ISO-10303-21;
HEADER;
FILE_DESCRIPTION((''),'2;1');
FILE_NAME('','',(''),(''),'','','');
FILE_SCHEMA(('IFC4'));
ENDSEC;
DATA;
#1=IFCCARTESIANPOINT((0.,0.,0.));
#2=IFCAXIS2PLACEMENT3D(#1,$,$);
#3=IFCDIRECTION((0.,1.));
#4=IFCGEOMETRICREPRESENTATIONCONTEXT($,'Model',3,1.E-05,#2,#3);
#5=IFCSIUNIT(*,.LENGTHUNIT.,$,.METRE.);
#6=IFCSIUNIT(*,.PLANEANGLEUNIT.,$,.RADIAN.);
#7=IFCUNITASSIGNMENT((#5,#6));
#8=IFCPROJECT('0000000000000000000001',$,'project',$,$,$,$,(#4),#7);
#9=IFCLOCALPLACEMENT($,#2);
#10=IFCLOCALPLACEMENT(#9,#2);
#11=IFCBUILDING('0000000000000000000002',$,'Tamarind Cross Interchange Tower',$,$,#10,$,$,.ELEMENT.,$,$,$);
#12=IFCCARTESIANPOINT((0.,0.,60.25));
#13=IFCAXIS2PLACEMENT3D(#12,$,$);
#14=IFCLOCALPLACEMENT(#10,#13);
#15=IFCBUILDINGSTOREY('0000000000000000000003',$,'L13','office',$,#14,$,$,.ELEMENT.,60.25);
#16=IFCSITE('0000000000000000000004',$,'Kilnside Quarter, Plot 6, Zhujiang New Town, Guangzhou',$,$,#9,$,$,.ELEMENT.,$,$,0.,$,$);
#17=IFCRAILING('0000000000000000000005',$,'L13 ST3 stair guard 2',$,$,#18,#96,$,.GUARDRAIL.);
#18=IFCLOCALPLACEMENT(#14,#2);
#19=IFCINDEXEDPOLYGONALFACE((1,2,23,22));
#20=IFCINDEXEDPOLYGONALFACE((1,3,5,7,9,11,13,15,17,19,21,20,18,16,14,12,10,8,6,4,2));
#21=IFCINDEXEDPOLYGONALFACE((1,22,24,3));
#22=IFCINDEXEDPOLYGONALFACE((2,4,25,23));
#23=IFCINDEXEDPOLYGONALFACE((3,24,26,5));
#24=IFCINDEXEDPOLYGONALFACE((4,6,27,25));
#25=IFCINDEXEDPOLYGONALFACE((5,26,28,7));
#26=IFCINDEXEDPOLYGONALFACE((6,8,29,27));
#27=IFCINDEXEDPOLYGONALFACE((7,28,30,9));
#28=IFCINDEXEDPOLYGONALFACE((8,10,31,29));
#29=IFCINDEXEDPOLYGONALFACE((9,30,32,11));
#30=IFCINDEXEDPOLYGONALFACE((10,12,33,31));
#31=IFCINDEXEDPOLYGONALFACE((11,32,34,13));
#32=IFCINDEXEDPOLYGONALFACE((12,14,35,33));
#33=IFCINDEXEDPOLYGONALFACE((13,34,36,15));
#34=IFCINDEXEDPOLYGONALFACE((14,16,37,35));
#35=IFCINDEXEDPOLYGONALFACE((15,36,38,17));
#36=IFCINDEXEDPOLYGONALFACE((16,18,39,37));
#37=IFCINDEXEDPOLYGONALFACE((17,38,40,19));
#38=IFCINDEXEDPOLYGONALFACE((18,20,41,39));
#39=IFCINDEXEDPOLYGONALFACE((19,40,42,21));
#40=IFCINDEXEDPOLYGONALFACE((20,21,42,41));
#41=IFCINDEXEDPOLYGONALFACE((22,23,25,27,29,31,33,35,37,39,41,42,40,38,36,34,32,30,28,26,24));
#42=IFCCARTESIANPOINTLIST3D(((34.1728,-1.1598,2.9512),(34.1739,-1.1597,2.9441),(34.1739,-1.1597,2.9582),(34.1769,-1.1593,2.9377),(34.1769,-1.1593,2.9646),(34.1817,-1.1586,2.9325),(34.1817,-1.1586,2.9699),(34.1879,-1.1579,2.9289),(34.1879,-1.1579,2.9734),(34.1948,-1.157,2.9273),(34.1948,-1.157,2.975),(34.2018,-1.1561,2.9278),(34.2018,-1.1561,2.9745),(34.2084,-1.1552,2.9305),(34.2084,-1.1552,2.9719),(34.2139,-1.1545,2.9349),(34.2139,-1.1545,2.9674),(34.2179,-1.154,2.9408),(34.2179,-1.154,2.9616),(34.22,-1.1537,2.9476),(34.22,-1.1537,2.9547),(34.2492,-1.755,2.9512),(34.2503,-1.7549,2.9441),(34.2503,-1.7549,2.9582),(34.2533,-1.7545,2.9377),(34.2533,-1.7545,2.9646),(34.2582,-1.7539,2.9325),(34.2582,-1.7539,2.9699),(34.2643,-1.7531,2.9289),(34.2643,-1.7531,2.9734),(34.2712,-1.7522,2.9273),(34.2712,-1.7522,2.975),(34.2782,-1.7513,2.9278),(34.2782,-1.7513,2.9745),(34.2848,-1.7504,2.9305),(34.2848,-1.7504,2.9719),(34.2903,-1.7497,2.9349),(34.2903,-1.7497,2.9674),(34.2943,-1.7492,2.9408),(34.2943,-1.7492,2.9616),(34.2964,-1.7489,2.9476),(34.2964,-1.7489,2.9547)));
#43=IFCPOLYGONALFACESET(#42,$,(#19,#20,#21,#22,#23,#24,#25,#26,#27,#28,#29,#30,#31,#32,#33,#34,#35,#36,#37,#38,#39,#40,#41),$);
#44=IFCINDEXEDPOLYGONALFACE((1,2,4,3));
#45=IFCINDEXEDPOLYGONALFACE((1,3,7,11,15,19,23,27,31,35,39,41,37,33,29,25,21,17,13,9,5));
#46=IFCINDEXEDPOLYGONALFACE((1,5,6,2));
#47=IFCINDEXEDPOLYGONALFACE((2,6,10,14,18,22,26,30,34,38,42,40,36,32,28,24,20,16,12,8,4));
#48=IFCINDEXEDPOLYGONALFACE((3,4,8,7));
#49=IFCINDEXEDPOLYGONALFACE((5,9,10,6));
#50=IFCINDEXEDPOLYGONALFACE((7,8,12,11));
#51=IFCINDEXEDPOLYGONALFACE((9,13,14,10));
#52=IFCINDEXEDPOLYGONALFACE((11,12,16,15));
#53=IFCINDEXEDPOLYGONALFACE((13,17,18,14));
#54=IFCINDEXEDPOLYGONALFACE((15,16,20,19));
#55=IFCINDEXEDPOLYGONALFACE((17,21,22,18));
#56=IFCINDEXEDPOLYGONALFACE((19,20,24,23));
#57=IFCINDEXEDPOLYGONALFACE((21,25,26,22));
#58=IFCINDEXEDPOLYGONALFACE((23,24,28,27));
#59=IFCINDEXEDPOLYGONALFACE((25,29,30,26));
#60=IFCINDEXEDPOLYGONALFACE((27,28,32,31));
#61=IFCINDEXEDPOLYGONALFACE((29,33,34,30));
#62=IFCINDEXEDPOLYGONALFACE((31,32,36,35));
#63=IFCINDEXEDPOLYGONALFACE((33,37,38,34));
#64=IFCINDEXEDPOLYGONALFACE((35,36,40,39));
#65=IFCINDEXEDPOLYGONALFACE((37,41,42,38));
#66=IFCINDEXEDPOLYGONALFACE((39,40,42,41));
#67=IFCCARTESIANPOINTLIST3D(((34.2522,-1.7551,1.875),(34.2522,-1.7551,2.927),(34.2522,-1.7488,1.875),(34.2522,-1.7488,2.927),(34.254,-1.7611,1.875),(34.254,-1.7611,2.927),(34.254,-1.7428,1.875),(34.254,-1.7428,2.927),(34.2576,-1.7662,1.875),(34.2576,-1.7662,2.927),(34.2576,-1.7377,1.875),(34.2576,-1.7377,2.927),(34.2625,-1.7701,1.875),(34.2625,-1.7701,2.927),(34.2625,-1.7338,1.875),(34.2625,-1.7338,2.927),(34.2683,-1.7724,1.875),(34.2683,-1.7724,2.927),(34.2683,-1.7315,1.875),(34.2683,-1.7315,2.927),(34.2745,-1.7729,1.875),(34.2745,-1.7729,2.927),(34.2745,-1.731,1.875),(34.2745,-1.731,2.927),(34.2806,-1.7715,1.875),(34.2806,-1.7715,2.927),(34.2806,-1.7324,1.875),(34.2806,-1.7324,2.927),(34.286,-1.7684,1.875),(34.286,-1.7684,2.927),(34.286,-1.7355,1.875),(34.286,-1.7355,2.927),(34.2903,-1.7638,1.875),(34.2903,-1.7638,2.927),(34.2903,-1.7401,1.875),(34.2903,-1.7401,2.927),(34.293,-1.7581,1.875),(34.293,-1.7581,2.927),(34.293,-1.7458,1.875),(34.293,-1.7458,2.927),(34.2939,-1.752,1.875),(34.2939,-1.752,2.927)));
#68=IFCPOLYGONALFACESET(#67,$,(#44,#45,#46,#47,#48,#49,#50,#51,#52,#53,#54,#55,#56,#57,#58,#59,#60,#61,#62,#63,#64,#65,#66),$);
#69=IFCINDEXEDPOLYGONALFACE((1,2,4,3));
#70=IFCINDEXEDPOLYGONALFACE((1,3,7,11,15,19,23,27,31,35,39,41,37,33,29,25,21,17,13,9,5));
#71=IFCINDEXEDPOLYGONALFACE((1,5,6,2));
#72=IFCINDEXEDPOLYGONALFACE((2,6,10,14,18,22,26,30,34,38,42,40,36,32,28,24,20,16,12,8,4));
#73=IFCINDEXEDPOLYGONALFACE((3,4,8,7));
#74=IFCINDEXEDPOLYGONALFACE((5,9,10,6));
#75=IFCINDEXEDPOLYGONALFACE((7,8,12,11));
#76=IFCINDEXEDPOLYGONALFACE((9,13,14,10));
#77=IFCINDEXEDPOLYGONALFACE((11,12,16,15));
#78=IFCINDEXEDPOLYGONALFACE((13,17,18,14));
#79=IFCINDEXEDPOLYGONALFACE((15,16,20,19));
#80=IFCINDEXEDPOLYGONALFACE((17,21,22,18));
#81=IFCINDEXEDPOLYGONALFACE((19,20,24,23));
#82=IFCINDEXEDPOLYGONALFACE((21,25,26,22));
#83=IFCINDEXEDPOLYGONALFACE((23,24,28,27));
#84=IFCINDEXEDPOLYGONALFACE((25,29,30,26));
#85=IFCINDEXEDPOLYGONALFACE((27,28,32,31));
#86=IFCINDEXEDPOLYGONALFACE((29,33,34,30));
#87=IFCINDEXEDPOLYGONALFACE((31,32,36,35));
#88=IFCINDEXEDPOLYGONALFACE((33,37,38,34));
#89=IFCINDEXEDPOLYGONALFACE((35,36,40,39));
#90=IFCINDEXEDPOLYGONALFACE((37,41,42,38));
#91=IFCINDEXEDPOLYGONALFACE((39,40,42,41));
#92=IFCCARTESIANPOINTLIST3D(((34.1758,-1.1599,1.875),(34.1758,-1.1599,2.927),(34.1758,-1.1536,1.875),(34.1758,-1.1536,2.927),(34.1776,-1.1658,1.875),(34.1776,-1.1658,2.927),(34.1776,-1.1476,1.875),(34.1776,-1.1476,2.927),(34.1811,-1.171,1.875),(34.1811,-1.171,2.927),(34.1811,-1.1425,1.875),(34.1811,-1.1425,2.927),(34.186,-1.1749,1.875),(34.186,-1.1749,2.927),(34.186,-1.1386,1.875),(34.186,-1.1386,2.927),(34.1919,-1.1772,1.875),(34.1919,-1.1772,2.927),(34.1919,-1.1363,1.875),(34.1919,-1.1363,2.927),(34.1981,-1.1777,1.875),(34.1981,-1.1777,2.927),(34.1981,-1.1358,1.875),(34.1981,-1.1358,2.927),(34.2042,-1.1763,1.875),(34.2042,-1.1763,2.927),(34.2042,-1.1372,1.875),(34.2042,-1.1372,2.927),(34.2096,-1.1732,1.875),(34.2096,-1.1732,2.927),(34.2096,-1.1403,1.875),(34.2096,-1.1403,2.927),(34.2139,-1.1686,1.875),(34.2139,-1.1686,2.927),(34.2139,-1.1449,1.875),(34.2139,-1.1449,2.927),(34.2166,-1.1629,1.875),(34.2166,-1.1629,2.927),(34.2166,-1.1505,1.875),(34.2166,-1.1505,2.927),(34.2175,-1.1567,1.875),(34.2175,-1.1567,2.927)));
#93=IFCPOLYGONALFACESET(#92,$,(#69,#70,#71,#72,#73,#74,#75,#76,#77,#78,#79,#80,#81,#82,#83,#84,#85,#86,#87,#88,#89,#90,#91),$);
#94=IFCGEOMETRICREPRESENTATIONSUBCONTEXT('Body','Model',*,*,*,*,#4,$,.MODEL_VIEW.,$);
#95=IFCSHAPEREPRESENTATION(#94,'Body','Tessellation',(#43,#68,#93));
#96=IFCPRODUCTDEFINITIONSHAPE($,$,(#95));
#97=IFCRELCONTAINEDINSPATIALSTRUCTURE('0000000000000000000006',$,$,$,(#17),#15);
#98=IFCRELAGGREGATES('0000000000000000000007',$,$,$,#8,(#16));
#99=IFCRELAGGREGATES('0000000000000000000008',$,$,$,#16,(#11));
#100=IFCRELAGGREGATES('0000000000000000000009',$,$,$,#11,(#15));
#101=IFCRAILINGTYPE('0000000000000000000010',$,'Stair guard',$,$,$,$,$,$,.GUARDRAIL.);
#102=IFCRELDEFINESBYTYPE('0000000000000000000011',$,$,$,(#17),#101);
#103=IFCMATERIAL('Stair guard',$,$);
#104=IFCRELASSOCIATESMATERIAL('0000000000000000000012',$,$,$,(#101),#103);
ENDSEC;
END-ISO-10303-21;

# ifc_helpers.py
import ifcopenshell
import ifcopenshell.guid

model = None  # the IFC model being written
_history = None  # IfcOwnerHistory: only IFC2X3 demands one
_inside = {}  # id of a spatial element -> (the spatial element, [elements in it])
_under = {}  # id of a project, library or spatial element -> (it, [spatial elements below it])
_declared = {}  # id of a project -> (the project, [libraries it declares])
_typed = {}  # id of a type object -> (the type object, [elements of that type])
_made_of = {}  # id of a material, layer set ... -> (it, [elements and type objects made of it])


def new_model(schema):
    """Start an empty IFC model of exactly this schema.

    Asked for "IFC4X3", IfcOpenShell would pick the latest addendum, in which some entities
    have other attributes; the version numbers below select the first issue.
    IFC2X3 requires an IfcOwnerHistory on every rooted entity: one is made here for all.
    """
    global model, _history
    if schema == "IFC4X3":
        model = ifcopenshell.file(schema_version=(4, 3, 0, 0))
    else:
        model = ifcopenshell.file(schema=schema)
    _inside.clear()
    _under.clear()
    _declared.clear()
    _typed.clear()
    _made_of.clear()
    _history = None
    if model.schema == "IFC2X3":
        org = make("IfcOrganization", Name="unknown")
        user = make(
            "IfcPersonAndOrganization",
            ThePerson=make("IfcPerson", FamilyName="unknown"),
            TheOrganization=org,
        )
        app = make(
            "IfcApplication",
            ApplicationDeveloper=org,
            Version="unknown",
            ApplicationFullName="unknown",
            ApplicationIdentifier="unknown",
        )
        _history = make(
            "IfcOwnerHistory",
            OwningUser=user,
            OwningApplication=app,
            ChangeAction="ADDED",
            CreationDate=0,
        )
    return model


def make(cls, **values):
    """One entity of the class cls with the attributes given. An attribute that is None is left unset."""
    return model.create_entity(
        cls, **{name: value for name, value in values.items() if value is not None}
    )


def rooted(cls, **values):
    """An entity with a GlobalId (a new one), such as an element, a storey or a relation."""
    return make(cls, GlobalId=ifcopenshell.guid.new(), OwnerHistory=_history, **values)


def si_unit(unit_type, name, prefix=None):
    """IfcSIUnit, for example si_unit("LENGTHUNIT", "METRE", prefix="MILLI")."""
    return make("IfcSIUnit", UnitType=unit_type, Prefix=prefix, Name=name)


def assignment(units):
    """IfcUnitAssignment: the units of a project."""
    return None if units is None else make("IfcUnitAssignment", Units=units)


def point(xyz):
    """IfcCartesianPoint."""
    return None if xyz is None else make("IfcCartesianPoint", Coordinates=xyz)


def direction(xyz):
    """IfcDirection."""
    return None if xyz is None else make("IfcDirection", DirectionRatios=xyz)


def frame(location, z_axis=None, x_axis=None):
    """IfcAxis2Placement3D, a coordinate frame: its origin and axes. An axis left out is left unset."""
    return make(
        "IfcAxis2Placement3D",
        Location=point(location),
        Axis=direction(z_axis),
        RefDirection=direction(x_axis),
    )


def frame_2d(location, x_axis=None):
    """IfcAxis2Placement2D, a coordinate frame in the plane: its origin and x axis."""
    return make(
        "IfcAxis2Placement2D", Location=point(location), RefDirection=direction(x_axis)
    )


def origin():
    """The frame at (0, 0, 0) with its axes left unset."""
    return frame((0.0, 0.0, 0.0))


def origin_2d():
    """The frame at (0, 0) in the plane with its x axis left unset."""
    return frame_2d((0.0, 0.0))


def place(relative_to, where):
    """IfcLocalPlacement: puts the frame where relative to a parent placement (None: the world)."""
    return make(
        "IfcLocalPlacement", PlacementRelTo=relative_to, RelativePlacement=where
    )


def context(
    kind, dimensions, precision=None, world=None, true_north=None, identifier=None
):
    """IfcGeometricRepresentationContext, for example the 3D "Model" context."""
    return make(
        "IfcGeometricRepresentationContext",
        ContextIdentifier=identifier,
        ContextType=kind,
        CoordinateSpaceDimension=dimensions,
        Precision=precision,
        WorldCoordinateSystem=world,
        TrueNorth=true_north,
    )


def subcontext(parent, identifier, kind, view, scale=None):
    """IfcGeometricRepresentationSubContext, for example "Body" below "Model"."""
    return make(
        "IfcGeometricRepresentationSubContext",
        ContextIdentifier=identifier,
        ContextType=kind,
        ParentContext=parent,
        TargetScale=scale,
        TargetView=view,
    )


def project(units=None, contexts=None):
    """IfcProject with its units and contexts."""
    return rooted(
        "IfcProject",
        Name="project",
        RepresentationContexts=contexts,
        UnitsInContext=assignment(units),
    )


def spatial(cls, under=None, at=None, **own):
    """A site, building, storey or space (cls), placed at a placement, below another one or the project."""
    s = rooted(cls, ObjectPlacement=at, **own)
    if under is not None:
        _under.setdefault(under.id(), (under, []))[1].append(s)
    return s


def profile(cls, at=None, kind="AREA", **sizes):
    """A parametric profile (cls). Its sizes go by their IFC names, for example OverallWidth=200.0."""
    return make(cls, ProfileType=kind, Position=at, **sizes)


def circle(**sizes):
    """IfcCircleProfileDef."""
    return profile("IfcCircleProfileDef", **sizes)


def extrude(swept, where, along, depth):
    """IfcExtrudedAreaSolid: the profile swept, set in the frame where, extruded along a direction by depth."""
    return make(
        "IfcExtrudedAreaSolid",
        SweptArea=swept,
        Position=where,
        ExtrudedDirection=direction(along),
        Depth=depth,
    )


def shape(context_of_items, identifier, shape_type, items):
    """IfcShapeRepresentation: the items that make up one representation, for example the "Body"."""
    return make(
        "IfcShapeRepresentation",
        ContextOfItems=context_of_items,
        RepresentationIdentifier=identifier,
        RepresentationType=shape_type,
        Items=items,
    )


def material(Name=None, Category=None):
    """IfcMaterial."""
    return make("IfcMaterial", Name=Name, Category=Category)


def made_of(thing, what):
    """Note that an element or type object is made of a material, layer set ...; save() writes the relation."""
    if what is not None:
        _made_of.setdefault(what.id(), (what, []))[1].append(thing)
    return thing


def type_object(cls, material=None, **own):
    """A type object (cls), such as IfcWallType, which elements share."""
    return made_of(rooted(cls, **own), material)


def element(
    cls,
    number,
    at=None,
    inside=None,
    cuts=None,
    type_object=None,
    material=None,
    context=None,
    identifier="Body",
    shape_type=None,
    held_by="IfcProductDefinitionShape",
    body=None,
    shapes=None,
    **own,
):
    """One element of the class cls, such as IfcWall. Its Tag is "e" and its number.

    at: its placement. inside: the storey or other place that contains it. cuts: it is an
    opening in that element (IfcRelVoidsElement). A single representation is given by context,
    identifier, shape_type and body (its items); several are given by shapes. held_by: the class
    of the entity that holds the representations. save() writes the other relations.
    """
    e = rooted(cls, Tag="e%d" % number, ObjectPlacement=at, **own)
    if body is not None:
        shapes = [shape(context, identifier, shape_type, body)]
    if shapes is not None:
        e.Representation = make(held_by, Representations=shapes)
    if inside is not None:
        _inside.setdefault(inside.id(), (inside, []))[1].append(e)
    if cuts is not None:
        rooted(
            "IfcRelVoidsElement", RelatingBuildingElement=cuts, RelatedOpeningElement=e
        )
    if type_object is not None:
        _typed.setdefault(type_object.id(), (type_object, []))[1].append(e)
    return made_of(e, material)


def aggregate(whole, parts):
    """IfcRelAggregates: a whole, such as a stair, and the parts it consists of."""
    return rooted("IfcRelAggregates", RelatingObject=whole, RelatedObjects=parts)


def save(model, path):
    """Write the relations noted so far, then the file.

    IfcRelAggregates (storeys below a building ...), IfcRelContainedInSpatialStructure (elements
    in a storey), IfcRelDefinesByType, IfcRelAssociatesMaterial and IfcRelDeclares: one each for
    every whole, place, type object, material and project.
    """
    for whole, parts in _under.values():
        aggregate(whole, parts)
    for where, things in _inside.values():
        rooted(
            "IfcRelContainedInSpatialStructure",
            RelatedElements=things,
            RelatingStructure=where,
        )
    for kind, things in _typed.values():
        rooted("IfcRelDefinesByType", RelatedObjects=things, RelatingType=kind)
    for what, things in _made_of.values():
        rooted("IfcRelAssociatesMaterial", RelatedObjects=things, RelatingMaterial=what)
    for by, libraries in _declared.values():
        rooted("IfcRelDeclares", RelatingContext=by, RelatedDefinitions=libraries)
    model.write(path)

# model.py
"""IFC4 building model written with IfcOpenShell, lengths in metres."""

from ifc_helpers import new_model, si_unit, direction, frame, origin, origin_2d, place, context, subcontext, project, spatial, circle, extrude, material, type_object, element, save


model = new_model("IFC4")

# Units and contexts
model_context = context("Model", 3, precision=1e-05, world=origin(), true_north=direction((0.0, 1.0)))
body_context = subcontext(model_context, "Body", "Model", "MODEL_VIEW")
ifc_project = project(units=[si_unit("LENGTHUNIT", "METRE"), si_unit("PLANEANGLEUNIT", "RADIAN")], contexts=[model_context])

# Site, building, storey
site_placement = place(None, origin())
site = spatial("IfcSite", under=ifc_project, at=site_placement, Name="Kilnside Quarter, Plot 6, Zhujiang New Town, Guangzhou", CompositionType="ELEMENT", RefElevation=0.0)
building_placement = place(site_placement, origin())
building = spatial("IfcBuilding", under=site, at=building_placement, Name="Tamarind Cross Interchange Tower", CompositionType="ELEMENT")
storey_placement = place(building_placement, frame((0.0, 0.0, 60.25)))
storey = spatial("IfcBuildingStorey", under=building, at=storey_placement, Name="L13", Description="office", CompositionType="ELEMENT", Elevation=60.25)

# Railing
ifc_material_1 = material(Name="Stair guard")
railing_type_1 = type_object("IfcRailingType", Name="Stair guard", PredefinedType="GUARDRAIL", material=ifc_material_1)
railing_1_placement = place(storey_placement, frame((34.2729, -1.752, 1.875)))
element("IfcRailing", 1, at=railing_1_placement, inside=storey, type_object=railing_type_1, Name="L13 ST3 stair guard 2", PredefinedType="GUARDRAIL", context=body_context, shape_type="SweptSolid", body=[
    extrude(circle(Radius=0.0239, at=origin_2d()), frame((0.0, 0.0, 1.0762), z_axis=(-0.127339, 0.991859, 0.0), x_axis=(-0.991859, -0.127339, 0.0)), (0.0, 0.0, 1.0), 0.6001),
    extrude(circle(Radius=0.021, at=origin_2d()), origin(), (0.0, 0.0, 1.0), 1.052),
    extrude(circle(Radius=0.021, at=origin_2d()), frame((-0.0764, 0.5952, 0.0)), (0.0, 0.0, 1.0), 1.052),
])

save(model, "model.ifc")
